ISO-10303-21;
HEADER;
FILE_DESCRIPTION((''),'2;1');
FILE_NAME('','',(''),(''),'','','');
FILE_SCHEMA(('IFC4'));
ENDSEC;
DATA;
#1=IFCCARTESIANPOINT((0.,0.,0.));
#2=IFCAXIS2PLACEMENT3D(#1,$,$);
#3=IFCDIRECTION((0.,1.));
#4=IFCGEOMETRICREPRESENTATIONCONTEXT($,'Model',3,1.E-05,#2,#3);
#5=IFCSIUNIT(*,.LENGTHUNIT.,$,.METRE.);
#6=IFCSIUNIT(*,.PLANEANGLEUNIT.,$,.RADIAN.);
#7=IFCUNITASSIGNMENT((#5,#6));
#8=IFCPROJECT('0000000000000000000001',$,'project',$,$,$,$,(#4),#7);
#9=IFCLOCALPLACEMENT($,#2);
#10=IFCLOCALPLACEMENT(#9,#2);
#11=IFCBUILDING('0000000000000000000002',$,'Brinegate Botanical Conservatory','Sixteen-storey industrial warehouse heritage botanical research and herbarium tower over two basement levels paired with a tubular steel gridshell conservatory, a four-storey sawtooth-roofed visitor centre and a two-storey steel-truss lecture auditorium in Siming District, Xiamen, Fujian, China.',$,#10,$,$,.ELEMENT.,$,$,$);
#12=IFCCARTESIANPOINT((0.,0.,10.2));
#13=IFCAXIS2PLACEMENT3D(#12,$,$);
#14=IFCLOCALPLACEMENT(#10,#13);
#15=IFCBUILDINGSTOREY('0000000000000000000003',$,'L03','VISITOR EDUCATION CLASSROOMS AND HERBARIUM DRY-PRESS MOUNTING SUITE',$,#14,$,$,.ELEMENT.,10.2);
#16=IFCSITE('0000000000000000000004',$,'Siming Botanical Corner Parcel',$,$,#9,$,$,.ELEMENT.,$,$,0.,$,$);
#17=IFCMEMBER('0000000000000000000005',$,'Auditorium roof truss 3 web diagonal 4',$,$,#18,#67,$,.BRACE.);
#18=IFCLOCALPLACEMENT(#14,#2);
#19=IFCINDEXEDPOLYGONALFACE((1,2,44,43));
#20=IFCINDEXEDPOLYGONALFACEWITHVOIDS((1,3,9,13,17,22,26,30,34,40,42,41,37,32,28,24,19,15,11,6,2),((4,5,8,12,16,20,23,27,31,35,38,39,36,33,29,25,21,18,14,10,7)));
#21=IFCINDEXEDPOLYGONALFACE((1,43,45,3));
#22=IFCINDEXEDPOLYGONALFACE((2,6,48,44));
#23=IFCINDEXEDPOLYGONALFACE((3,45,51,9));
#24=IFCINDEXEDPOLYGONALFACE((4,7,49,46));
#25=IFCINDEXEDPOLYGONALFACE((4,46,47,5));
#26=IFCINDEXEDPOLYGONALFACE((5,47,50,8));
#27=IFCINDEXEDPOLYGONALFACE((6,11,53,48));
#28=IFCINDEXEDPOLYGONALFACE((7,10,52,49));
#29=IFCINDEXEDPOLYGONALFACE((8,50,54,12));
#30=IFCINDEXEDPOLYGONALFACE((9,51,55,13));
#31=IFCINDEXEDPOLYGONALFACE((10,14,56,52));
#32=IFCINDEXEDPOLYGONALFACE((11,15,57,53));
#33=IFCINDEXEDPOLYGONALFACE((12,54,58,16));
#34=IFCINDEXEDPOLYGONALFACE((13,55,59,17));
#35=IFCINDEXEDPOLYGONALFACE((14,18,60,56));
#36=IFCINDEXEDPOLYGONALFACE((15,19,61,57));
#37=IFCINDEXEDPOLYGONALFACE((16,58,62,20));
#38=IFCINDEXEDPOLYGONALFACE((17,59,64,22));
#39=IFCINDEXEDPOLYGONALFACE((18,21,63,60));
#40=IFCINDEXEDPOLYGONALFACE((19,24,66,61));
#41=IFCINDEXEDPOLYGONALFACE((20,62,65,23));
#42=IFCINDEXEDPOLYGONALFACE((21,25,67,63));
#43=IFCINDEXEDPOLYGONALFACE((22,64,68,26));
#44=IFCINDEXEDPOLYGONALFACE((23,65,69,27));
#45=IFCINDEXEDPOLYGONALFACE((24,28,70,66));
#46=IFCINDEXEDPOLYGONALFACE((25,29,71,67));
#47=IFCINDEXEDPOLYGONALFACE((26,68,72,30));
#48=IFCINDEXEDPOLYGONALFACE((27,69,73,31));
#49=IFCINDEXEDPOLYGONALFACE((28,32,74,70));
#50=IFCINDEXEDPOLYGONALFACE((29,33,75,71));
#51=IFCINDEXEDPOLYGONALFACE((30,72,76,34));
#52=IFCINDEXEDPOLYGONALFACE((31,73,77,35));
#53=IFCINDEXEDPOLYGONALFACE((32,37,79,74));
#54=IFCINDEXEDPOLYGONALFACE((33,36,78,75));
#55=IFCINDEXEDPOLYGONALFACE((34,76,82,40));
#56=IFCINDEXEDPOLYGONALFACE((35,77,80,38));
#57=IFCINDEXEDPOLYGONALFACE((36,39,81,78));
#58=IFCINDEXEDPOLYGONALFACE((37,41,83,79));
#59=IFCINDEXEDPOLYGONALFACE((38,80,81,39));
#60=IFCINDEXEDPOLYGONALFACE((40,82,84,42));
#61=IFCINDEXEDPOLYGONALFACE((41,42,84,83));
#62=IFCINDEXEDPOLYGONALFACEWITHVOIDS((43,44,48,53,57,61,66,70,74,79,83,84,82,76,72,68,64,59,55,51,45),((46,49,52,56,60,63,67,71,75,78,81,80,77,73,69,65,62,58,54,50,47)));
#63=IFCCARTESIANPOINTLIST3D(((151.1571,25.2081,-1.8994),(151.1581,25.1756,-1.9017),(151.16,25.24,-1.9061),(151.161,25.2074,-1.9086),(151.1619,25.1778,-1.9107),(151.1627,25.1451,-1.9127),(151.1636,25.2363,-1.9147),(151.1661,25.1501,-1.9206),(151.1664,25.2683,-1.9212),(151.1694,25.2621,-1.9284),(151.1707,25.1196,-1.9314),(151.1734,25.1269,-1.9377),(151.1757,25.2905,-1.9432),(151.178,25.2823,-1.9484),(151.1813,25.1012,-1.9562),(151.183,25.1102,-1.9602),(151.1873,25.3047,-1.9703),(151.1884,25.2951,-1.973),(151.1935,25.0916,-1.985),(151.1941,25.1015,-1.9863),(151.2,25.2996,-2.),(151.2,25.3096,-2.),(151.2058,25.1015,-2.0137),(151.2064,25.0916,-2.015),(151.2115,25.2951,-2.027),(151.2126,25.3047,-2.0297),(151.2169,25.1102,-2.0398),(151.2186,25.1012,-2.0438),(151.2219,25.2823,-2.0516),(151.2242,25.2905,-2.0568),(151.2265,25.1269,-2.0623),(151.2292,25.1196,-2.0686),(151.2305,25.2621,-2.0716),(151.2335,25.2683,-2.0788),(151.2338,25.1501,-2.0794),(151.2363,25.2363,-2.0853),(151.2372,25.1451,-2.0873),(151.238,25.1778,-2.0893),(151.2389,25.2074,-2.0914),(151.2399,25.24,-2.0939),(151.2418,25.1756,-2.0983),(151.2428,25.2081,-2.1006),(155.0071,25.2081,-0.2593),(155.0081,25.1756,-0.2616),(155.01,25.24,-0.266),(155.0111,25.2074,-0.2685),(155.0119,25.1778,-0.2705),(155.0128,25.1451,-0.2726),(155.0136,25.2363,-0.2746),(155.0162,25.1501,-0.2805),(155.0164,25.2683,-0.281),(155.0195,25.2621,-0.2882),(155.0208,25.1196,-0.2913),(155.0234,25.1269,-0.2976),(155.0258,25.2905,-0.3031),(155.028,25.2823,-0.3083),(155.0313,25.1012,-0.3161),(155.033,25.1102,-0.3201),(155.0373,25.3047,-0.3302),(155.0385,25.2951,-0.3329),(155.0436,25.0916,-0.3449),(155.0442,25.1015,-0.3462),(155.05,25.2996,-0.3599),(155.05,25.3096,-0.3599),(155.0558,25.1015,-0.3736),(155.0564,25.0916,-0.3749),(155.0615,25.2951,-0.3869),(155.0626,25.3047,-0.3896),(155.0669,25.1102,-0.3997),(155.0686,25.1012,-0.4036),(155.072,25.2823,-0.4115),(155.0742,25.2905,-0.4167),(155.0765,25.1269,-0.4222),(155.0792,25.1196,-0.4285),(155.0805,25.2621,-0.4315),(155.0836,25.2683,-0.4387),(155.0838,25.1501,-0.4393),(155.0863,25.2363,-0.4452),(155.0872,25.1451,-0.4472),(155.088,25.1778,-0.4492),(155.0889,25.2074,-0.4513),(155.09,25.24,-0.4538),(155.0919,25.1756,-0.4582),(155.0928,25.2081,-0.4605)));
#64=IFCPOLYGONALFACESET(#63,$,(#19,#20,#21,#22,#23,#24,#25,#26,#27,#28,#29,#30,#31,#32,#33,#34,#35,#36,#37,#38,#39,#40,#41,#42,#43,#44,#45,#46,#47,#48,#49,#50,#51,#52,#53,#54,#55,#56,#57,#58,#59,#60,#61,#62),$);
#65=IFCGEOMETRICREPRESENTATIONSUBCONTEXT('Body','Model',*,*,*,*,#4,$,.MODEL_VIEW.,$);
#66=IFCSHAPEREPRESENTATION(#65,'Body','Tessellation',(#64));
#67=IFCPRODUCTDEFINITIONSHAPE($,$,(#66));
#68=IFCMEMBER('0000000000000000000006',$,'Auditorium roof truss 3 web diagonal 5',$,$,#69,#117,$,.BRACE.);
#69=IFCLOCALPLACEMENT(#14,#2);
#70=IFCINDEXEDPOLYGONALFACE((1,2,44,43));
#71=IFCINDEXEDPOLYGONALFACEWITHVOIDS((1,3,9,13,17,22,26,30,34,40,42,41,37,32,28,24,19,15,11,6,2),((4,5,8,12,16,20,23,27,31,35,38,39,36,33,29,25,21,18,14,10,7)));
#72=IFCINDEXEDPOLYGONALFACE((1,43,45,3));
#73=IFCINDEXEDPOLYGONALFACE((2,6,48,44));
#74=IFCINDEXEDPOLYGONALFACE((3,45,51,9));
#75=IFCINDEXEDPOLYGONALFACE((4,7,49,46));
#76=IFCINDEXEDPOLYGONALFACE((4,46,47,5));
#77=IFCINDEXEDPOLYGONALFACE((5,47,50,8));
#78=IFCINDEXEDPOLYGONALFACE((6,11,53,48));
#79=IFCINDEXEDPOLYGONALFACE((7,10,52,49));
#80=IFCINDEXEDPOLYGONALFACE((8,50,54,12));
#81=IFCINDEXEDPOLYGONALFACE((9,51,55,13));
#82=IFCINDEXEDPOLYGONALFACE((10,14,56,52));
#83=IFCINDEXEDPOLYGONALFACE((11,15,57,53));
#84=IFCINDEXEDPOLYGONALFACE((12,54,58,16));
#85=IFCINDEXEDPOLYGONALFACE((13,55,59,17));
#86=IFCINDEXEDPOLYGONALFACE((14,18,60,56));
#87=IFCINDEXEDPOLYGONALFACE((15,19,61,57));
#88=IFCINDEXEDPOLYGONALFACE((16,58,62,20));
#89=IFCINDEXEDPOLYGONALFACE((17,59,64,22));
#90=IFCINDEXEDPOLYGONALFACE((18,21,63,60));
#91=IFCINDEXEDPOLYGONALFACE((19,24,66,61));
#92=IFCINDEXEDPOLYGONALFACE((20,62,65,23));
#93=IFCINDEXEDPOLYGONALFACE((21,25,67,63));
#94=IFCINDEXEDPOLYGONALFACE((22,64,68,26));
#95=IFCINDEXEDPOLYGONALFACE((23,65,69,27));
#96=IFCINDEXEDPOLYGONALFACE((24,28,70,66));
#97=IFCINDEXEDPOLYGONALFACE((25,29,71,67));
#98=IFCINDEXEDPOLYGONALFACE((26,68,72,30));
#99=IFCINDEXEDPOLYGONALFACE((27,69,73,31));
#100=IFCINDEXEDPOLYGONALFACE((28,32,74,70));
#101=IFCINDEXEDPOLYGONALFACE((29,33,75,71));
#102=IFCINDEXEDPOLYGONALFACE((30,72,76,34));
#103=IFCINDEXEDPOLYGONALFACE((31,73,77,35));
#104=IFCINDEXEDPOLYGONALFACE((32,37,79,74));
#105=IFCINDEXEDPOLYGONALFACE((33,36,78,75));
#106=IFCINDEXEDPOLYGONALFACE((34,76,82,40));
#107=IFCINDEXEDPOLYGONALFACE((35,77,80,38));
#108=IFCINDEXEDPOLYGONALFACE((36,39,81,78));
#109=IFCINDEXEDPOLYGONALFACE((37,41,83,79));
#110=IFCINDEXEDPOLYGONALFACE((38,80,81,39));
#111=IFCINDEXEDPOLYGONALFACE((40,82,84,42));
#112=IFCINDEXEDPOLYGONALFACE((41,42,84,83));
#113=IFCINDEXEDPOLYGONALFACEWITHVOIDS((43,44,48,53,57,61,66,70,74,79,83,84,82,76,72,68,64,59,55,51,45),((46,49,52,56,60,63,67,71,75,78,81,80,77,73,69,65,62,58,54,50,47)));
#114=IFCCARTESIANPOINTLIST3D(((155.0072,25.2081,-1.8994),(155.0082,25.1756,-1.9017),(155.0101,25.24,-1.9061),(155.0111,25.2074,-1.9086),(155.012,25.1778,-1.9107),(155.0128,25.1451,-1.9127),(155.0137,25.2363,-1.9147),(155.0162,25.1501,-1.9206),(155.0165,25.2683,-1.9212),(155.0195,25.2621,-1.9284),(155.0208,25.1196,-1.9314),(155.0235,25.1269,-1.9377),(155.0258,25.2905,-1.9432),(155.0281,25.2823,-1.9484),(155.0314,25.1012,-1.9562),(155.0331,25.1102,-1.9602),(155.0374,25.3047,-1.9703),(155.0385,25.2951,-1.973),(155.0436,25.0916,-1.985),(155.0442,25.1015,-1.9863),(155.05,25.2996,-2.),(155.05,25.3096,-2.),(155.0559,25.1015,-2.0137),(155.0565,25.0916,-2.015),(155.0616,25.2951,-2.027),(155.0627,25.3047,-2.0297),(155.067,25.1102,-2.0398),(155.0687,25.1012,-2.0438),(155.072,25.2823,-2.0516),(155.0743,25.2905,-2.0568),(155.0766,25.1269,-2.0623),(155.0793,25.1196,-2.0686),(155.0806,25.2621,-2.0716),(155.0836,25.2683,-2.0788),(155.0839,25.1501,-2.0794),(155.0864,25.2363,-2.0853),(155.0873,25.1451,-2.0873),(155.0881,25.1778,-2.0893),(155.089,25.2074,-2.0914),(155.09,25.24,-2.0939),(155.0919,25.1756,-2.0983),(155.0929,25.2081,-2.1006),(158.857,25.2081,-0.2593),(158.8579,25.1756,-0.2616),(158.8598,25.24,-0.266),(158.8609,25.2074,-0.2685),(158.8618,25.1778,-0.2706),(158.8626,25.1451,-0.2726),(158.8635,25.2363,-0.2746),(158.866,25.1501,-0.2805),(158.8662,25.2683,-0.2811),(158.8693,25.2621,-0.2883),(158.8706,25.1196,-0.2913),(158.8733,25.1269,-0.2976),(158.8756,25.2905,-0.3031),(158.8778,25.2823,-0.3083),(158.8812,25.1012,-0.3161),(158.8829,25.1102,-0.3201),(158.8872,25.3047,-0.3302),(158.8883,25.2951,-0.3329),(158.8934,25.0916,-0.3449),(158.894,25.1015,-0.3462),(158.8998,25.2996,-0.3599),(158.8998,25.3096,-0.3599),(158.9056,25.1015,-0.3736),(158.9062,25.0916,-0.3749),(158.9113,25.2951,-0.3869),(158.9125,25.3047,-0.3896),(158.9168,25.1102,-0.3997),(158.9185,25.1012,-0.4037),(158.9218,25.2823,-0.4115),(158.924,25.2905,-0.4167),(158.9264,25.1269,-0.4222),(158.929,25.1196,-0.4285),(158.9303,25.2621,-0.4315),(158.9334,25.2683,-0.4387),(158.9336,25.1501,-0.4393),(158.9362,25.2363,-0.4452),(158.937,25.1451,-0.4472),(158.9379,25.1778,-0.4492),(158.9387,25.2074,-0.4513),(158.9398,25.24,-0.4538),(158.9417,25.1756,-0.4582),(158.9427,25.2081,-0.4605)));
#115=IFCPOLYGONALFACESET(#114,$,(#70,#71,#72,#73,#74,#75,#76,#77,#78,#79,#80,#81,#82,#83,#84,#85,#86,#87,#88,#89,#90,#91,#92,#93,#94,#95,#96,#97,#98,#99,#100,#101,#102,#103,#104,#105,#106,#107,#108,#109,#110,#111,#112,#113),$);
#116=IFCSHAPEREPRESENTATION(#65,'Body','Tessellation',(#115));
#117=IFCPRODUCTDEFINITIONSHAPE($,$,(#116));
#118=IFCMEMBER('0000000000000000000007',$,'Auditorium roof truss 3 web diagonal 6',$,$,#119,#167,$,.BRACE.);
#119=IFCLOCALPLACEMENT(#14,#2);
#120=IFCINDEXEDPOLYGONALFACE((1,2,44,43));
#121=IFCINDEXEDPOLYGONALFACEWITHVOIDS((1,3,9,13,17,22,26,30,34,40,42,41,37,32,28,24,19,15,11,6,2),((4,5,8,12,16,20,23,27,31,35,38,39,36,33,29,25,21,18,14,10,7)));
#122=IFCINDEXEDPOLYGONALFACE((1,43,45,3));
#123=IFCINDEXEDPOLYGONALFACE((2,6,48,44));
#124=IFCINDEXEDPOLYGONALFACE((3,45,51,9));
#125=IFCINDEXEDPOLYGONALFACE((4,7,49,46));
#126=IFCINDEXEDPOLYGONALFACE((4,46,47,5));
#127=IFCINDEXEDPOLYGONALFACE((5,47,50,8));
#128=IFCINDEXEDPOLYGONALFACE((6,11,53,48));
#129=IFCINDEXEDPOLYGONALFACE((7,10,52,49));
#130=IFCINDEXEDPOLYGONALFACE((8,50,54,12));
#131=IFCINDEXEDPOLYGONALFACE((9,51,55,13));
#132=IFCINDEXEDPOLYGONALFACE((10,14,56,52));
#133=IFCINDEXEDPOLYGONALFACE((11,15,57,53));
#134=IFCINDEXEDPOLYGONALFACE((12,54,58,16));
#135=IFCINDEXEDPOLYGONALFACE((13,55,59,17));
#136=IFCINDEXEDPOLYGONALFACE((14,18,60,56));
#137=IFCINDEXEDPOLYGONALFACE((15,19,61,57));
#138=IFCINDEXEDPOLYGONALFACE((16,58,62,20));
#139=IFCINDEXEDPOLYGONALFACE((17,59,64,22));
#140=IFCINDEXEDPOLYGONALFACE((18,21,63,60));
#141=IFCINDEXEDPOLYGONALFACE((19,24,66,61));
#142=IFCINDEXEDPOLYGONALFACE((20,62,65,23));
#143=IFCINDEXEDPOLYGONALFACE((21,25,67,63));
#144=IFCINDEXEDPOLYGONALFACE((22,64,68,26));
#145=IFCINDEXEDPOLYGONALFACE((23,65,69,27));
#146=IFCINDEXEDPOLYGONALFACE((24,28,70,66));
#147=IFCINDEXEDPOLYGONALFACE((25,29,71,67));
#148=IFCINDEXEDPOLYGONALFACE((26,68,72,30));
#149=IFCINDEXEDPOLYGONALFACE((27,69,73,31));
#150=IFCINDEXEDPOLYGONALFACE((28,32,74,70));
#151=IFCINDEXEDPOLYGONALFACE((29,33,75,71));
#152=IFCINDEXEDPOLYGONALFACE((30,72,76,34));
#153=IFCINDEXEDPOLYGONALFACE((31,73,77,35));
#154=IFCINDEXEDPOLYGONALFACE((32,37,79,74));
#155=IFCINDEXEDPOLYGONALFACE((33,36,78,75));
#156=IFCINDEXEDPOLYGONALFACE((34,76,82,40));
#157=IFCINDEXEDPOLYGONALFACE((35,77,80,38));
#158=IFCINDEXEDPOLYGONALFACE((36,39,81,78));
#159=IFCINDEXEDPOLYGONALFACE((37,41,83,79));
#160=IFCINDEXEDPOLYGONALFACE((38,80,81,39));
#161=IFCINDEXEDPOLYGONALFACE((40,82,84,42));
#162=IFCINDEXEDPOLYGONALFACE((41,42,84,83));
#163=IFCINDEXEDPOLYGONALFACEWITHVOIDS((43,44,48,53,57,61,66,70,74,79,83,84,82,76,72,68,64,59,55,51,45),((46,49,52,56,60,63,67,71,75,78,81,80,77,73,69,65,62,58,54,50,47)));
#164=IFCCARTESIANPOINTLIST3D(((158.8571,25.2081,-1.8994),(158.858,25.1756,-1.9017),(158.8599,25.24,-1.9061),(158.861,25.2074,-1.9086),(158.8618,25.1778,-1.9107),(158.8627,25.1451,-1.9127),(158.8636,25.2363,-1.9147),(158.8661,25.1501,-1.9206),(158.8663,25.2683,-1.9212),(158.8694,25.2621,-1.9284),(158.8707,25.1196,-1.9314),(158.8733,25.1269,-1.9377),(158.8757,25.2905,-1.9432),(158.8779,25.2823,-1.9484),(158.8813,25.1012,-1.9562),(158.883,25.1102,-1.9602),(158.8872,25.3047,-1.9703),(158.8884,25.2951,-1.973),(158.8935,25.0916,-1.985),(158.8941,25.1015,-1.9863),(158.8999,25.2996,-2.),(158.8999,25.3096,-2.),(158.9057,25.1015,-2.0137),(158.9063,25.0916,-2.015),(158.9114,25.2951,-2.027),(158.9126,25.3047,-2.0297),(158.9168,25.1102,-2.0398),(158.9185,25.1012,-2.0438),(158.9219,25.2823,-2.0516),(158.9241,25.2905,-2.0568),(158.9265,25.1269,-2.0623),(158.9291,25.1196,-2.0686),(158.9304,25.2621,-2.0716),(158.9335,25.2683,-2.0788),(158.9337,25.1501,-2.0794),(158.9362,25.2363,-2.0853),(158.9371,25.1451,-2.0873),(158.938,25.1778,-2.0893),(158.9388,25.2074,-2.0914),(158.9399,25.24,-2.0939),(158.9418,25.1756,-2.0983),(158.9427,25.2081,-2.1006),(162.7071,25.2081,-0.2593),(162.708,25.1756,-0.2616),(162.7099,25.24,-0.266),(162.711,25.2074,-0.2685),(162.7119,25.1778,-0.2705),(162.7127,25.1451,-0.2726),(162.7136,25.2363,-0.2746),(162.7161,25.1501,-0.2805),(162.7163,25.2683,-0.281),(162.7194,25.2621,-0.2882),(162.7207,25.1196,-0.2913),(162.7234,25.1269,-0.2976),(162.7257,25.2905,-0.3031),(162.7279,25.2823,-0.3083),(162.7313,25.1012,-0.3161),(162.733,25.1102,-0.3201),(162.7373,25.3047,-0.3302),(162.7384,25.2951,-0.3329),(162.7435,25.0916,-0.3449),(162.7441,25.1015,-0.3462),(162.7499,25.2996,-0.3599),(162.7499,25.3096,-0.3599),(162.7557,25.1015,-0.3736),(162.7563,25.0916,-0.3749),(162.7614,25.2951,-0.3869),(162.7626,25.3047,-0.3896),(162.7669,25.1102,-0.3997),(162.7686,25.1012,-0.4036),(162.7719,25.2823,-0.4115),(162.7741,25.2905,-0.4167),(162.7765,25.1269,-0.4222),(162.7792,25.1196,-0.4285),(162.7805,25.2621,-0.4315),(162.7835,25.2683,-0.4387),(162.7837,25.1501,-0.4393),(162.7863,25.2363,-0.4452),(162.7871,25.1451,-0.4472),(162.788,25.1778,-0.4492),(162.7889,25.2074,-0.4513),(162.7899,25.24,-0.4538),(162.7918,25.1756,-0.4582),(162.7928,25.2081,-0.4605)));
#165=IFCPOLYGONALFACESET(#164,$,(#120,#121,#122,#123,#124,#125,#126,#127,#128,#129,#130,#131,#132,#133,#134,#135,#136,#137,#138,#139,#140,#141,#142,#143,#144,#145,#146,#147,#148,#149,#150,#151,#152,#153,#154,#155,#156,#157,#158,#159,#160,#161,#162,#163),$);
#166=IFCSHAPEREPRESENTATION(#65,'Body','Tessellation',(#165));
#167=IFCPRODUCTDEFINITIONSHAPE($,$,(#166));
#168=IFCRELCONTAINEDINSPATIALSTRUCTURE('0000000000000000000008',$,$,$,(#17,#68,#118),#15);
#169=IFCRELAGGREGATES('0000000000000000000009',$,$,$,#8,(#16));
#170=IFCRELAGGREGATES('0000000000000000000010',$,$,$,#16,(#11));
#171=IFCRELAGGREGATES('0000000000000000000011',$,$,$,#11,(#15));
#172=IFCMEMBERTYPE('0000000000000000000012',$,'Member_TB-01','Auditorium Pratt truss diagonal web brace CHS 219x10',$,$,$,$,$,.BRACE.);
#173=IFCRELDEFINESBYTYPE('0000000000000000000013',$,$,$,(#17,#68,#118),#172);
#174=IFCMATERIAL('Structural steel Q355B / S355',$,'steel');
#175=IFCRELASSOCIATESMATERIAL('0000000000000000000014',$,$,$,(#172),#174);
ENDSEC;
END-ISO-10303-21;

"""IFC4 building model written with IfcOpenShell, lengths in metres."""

from ifc_helpers import new_model, si_unit, direction, frame, origin, origin_2d, place, context, subcontext, project, spatial, hollow_circle, extrude, material, material_profile, profile_set, type_object, element, save


model = new_model("IFC4")

# Units and contexts
model_context = context("Model", 3, precision=1e-05, world=origin(), true_north=direction((0.0, 1.0)))
body_context = subcontext(model_context, "Body", "Model", "MODEL_VIEW")
ifc_project = project(units=[si_unit("LENGTHUNIT", "METRE"), si_unit("PLANEANGLEUNIT", "RADIAN")], contexts=[model_context])

# Site, building, storey
site_placement = place(None, origin())
site = spatial("IfcSite", under=ifc_project, at=site_placement, Name="Siming Botanical Corner Parcel", CompositionType="ELEMENT", RefElevation=0.0)
building_placement = place(site_placement, origin())
building = spatial("IfcBuilding", under=site, at=building_placement, Name="Brinegate Botanical Conservatory", Description="Sixteen-storey industrial warehouse heritage botanical research and herbarium tower over two basement levels paired with a tubular steel gridshell conservatory, a four-storey sawtooth-roofed visitor centre and a two-storey steel-truss lecture auditorium in Siming District, Xiamen, Fujian, China.", CompositionType="ELEMENT")
storey_placement = place(building_placement, frame((0.0, 0.0, 10.2)))
storey = spatial("IfcBuildingStorey", under=building, at=storey_placement, Name="L03", Description="VISITOR EDUCATION CLASSROOMS AND HERBARIUM DRY-PRESS MOUNTING SUITE", CompositionType="ELEMENT", Elevation=10.2)

# Members
ifc_material_1 = material(Name="Structural steel Q355B / S355", Category="steel")
ifc_material_profile_1 = material_profile(ifc_material_1, hollow_circle(Radius=0.1096, WallThickness=0.01, at=origin_2d()), Name="CHS 219x10")
ifc_profile_set_1 = profile_set([ifc_material_profile_1], Name="Structural steel Q355B / S355")
member_type_1 = type_object("IfcMemberType", Name="Member_TB-01", Description="Auditorium Pratt truss diagonal web brace CHS 219x10", PredefinedType="BRACE", material=ifc_profile_set_1)
member_1_placement = place(storey_placement, frame((151.2, 25.2, -2.0), z_axis=(0.92, 0.0, 0.391919), x_axis=(0.0, 1.0, 0.0)))
element("IfcMember", 1, at=member_1_placement, inside=storey, type_object=member_type_1, Name="Auditorium roof truss 3 web diagonal 4", PredefinedType="BRACE", context=body_context, shape_type="SweptSolid", body=[
    extrude(hollow_circle(Radius=0.1096, WallThickness=0.01, at=origin_2d()), origin(), (0.0, 0.0, 1.0), 4.1848),
])
member_2_placement = place(storey_placement, frame((155.05, 25.2, -2.0), z_axis=(0.919991, 0.0, 0.39194), x_axis=(0.0, 1.0, 0.0)))
element("IfcMember", 2, at=member_2_placement, inside=storey, type_object=member_type_1, Name="Auditorium roof truss 3 web diagonal 5", PredefinedType="BRACE", context=body_context, shape_type="SweptSolid", body=[
    extrude(hollow_circle(Radius=0.1096, WallThickness=0.01, at=origin_2d()), origin(), (0.0, 0.0, 1.0), 4.1846),
])
for number, where, z_axis, x_axis, name in (
    (3, (158.8999, 25.2, -2.0), (0.92, 0.0, 0.391919), (0.0, 1.0, 0.0), "Auditorium roof truss 3 web diagonal 6"),
):
    element("IfcMember", number, at=place(storey_placement, frame(where, z_axis=z_axis, x_axis=x_axis)), inside=storey, type_object=member_type_1, Name=name, PredefinedType="BRACE", context=body_context, shape_type="SweptSolid", body=[
        extrude(hollow_circle(Radius=0.1096, WallThickness=0.01, at=origin_2d()), origin(), (0.0, 0.0, 1.0), 4.1848),
    ])

save(model, "model.ifc")
